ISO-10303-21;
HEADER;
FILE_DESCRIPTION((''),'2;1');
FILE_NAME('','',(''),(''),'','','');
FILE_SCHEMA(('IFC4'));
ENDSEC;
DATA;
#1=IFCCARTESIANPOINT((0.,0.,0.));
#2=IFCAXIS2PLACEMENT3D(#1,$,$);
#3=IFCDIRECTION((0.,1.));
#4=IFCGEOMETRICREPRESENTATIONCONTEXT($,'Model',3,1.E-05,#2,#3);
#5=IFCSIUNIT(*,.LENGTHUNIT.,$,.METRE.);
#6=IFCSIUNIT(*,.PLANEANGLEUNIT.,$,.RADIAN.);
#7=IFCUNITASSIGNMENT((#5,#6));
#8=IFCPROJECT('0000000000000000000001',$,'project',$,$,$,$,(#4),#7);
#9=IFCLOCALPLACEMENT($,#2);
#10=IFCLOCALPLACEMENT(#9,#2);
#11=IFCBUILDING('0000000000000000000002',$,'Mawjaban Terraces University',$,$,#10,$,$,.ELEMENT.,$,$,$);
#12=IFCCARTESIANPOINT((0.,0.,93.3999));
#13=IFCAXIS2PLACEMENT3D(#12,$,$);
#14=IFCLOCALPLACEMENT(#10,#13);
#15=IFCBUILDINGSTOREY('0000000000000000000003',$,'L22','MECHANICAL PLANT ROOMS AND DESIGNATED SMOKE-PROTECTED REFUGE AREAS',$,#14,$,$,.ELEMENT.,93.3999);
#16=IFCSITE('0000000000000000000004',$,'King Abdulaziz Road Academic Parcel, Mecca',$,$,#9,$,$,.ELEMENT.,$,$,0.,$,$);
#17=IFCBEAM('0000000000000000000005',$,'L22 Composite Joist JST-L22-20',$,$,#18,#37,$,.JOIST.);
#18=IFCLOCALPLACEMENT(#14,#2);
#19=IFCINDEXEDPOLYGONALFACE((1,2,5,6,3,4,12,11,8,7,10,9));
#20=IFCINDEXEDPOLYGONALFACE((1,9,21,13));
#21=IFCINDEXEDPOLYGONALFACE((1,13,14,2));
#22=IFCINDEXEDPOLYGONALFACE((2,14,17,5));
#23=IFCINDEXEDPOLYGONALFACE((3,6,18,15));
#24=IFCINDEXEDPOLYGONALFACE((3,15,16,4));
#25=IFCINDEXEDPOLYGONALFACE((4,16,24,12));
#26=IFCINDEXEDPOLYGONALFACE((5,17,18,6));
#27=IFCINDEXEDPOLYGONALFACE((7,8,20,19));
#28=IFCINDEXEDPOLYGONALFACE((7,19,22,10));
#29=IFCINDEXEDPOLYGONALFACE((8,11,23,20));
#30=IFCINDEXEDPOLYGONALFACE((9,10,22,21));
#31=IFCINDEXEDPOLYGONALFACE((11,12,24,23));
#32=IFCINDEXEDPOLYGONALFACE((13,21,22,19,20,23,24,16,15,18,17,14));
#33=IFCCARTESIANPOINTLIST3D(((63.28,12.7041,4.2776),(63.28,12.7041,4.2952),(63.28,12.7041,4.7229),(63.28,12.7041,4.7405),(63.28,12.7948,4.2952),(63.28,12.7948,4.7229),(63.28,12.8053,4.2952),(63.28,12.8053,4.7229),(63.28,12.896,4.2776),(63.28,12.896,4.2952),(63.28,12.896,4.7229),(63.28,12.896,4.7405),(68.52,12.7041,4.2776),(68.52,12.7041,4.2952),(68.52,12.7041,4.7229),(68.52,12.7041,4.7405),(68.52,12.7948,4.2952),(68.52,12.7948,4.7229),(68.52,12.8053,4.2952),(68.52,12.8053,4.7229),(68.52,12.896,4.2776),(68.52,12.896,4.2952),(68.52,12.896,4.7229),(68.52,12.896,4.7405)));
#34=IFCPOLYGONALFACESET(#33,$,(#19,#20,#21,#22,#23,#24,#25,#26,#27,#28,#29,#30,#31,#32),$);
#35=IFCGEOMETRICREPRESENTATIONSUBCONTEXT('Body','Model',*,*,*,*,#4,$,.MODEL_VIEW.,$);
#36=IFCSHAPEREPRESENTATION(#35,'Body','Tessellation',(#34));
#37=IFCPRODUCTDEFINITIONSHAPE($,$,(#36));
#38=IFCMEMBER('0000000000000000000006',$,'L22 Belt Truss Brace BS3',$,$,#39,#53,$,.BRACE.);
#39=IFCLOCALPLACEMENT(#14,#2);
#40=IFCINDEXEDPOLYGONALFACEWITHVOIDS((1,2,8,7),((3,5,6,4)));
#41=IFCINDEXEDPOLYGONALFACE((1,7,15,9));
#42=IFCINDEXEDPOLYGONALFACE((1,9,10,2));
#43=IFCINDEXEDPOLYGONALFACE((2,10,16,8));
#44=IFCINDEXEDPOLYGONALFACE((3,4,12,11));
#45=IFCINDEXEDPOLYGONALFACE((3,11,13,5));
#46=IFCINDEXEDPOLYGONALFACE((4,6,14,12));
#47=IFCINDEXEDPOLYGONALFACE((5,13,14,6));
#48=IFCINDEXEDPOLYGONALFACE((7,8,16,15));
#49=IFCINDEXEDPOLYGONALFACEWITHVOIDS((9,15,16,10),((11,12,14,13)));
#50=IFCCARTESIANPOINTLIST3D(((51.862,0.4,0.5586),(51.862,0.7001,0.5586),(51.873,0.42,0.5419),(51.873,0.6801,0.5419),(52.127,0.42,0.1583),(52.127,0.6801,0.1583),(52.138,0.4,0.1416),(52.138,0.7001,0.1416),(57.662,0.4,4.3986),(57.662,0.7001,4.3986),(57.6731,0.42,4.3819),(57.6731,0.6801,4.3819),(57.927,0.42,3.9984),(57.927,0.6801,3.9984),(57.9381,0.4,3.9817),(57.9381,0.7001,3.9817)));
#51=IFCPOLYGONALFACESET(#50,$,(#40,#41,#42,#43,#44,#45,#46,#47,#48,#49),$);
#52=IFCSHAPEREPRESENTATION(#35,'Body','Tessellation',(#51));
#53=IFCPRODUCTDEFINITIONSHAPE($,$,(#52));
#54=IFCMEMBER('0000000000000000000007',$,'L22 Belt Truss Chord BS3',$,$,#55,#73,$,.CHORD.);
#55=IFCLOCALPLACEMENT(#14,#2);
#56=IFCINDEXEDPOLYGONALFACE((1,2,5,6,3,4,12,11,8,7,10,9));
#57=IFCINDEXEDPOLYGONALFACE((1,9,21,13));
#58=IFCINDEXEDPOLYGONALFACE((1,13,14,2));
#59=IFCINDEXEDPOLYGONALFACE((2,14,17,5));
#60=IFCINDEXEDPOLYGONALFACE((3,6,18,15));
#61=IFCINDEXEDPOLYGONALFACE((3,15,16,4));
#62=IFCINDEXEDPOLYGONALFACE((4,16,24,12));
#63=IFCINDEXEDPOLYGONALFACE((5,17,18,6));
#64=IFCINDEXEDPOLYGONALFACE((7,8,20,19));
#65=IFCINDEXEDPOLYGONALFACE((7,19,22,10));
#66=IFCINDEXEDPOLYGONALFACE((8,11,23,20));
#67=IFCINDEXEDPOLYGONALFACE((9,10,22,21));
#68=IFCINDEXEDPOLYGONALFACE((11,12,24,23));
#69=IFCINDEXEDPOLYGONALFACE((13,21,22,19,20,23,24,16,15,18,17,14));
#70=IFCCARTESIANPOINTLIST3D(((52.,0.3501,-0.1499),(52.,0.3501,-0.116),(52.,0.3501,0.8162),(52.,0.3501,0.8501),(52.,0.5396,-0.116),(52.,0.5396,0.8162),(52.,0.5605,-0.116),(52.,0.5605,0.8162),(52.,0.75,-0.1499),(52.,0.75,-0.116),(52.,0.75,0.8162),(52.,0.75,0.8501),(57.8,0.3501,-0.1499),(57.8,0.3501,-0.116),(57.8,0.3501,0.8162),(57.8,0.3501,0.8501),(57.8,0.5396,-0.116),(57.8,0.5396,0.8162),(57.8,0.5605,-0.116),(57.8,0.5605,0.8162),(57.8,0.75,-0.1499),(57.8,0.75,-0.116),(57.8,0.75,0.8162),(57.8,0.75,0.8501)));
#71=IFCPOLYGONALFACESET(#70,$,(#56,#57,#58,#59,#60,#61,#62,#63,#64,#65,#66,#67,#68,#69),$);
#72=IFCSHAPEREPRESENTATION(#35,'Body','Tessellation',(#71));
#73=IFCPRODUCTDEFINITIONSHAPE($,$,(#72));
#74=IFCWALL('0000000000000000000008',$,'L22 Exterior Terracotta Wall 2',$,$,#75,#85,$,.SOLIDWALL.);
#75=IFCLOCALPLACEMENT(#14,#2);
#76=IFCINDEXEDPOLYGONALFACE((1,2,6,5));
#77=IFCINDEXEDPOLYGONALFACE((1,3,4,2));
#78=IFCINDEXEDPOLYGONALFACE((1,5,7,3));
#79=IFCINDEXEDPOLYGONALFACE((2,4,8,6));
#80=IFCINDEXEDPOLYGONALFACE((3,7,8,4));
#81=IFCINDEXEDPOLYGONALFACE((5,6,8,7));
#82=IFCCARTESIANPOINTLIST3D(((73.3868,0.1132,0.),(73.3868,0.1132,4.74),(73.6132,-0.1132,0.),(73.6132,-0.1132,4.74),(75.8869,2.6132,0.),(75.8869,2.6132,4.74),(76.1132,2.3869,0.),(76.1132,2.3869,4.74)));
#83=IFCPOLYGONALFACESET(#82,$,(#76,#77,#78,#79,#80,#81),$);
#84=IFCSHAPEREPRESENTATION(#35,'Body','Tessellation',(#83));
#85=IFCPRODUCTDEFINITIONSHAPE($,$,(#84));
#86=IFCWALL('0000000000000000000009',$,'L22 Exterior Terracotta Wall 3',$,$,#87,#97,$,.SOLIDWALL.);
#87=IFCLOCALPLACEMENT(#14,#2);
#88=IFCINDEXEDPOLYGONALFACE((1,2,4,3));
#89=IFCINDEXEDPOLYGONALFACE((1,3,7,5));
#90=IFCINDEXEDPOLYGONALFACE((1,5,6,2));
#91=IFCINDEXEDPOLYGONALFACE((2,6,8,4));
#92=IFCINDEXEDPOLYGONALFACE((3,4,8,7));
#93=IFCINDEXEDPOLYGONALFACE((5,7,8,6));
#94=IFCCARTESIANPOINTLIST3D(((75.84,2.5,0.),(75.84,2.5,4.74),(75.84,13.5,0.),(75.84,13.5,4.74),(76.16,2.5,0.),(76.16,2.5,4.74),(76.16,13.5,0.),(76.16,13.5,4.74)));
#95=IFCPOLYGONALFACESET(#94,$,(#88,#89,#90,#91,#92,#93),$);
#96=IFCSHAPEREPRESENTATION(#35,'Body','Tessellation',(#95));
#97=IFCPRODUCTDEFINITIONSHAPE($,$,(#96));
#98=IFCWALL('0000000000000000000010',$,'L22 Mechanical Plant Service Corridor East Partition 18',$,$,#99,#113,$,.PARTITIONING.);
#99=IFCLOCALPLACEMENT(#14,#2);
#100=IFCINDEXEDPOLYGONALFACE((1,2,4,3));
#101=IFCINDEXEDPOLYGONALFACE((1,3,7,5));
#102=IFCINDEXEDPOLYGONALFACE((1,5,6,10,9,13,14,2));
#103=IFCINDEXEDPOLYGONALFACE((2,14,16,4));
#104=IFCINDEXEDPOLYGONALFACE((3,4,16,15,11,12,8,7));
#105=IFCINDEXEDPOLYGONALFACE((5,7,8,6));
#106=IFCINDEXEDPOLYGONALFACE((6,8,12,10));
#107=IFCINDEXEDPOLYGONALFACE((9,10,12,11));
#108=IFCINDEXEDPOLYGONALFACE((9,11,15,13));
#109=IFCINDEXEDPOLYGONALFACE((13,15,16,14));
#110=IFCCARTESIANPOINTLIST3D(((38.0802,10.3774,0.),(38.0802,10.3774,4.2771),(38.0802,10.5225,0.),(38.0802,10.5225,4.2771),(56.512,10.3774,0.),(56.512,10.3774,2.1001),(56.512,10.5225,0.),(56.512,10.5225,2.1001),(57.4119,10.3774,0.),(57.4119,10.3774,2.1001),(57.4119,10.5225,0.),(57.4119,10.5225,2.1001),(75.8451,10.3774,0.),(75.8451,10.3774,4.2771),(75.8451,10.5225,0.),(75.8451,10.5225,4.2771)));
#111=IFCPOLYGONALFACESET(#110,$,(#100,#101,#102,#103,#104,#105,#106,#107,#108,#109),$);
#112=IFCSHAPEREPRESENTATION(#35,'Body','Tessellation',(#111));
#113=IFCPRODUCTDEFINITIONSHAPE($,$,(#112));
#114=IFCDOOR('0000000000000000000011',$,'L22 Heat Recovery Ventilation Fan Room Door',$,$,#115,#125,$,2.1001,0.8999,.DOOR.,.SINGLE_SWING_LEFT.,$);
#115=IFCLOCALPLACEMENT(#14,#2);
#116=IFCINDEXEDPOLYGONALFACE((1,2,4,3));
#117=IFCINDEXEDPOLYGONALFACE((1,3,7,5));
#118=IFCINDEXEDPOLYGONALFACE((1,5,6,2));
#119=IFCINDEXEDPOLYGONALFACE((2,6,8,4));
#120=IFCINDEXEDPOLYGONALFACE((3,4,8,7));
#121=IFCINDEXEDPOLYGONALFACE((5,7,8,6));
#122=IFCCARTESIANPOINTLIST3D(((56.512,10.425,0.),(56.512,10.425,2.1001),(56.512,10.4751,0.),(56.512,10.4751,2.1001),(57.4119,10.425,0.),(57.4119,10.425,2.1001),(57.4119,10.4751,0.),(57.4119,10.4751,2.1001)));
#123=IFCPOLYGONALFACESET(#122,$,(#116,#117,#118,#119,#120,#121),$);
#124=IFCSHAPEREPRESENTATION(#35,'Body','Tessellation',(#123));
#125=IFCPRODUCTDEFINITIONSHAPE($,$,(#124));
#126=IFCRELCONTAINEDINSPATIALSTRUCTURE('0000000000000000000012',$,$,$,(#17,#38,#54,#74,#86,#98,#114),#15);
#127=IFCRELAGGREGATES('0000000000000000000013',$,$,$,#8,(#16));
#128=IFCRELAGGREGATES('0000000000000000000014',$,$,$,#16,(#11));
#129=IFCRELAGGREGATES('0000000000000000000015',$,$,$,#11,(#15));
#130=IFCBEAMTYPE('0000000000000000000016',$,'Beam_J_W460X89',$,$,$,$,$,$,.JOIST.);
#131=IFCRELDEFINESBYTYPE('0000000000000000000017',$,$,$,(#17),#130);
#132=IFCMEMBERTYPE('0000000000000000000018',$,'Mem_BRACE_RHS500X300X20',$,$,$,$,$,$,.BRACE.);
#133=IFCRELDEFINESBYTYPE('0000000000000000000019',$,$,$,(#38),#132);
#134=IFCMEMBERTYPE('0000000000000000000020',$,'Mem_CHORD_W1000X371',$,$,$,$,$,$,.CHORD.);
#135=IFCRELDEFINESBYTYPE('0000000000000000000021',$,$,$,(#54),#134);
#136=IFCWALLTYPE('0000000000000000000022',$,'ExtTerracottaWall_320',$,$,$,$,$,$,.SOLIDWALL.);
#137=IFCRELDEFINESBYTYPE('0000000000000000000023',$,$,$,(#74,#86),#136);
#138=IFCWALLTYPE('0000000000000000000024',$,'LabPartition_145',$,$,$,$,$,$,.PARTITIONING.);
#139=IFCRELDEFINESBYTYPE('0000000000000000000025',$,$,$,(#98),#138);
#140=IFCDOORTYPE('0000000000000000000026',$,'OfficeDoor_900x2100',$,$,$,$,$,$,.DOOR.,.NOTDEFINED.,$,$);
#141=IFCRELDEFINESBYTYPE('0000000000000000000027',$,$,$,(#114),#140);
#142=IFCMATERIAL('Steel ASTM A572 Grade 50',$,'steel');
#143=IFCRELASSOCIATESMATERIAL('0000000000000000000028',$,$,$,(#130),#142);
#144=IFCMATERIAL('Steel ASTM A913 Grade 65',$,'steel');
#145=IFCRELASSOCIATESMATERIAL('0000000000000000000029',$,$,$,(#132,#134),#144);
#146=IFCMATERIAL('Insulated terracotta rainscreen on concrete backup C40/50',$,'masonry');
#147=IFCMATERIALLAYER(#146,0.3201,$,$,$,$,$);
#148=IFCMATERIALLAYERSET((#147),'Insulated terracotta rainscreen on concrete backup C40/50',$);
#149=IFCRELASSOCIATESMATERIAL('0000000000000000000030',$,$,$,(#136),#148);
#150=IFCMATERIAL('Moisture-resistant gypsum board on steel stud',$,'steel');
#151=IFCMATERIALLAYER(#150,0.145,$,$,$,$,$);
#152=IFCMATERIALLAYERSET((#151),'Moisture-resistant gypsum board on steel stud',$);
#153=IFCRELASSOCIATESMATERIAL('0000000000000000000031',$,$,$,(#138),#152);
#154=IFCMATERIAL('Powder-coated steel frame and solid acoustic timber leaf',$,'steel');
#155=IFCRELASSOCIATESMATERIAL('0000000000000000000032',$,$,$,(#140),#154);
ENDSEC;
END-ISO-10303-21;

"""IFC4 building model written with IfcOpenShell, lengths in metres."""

from ifc_helpers import new_model, si_unit, direction, frame, frame_2d, origin, origin_2d, place, context, subcontext, project, spatial, rectangle, hollow_rectangle, i_section, extrude, material, layer, layer_set, material_profile, profile_set, type_object, element, fill, save


model = new_model("IFC4")

# Units and contexts
model_context = context("Model", 3, precision=1e-05, world=origin(), true_north=direction((0.0, 1.0)))
body_context = subcontext(model_context, "Body", "Model", "MODEL_VIEW")
ifc_project = project(units=[si_unit("LENGTHUNIT", "METRE"), si_unit("PLANEANGLEUNIT", "RADIAN")], contexts=[model_context])

# Site, building, storey
site_placement = place(None, origin())
site = spatial("IfcSite", under=ifc_project, at=site_placement, Name="King Abdulaziz Road Academic Parcel, Mecca", CompositionType="ELEMENT", RefElevation=0.0)
building_placement = place(site_placement, origin())
building = spatial("IfcBuilding", under=site, at=building_placement, Name="Mawjaban Terraces University", CompositionType="ELEMENT")
storey_placement = place(building_placement, frame((0.0, 0.0, 93.3999)))
storey = spatial("IfcBuildingStorey", under=building, at=storey_placement, Name="L22", Description="MECHANICAL PLANT ROOMS AND DESIGNATED SMOKE-PROTECTED REFUGE AREAS", CompositionType="ELEMENT", Elevation=93.3999)

# Beam
ifc_material_1 = material(Name="Steel ASTM A572 Grade 50", Category="steel")
ifc_material_profile_1 = material_profile(ifc_material_1, i_section(OverallWidth=0.1919, OverallDepth=0.4629, WebThickness=0.0105, FlangeThickness=0.0176, at=origin_2d()), Name="W460X89")
ifc_profile_set_1 = profile_set([ifc_material_profile_1], Name="Steel ASTM A572 Grade 50")
beam_type_1 = type_object("IfcBeamType", Name="Beam_J_W460X89", PredefinedType="JOIST", material=ifc_profile_set_1)
beam_1_placement = place(storey_placement, frame((63.28, 12.8, 4.509), z_axis=(1.0, 0.0, 0.0), x_axis=(0.0, 1.0, 0.0)))
element("IfcBeam", 1, at=beam_1_placement, inside=storey, type_object=beam_type_1, Name="L22 Composite Joist JST-L22-20", PredefinedType="JOIST", context=body_context, shape_type="SweptSolid", body=[
    extrude(i_section(OverallWidth=0.1919, OverallDepth=0.4629, WebThickness=0.0105, FlangeThickness=0.0176, at=origin_2d()), origin(), (0.0, 0.0, 1.0), 5.24),
])

# Members
ifc_material_2 = material(Name="Steel ASTM A913 Grade 65", Category="steel")
ifc_material_profile_2 = material_profile(ifc_material_2, hollow_rectangle(XDim=0.3, YDim=0.5, WallThickness=0.02, at=origin_2d()), Name="RHS500X300X20")
ifc_profile_set_2 = profile_set([ifc_material_profile_2], Name="Steel ASTM A913 Grade 65")
member_type_1 = type_object("IfcMemberType", Name="Mem_BRACE_RHS500X300X20", PredefinedType="BRACE", material=ifc_profile_set_2)
member_1_placement = place(storey_placement, frame((52.0, 0.55, 0.3501), z_axis=(0.833812, 0.0, 0.552049), x_axis=(0.0, 1.0, 0.0)))
element("IfcMember", 2, at=member_1_placement, inside=storey, type_object=member_type_1, Name="L22 Belt Truss Brace BS3", PredefinedType="BRACE", context=body_context, shape_type="SweptSolid", body=[
    extrude(hollow_rectangle(XDim=0.3, YDim=0.5, WallThickness=0.02, at=origin_2d()), origin(), (0.0, 0.0, 1.0), 6.9561),
])
ifc_material_profile_3 = material_profile(ifc_material_2, i_section(OverallWidth=0.3999, OverallDepth=1.0, WebThickness=0.021, FlangeThickness=0.0339, at=origin_2d()), Name="W1000X371")
ifc_profile_set_3 = profile_set([ifc_material_profile_3], Name="Steel ASTM A913 Grade 65")
member_type_2 = type_object("IfcMemberType", Name="Mem_CHORD_W1000X371", PredefinedType="CHORD", material=ifc_profile_set_3)
member_2_placement = place(storey_placement, frame((52.0, 0.55, 0.3501), z_axis=(1.0, 0.0, 0.0), x_axis=(0.0, 1.0, 0.0)))
element("IfcMember", 3, at=member_2_placement, inside=storey, type_object=member_type_2, Name="L22 Belt Truss Chord BS3", PredefinedType="CHORD", context=body_context, shape_type="SweptSolid", body=[
    extrude(i_section(OverallWidth=0.3999, OverallDepth=1.0, WebThickness=0.021, FlangeThickness=0.0339, at=origin_2d()), origin(), (0.0, 0.0, 1.0), 5.8),
])

# Walls
ifc_material_3 = material(Name="Insulated terracotta rainscreen on concrete backup C40/50", Category="masonry")
ifc_layer_1 = layer(ifc_material_3, 0.3201)
ifc_layer_set_1 = layer_set([ifc_layer_1], Name="Insulated terracotta rainscreen on concrete backup C40/50")
wall_type_1 = type_object("IfcWallType", Name="ExtTerracottaWall_320", PredefinedType="SOLIDWALL", material=ifc_layer_set_1)
wall_1_placement = place(storey_placement, frame((73.5, 0.0, 0.0), z_axis=(0.0, 0.0, 1.0), x_axis=(0.707107, 0.707107, 0.0)))
element("IfcWall", 4, at=wall_1_placement, inside=storey, type_object=wall_type_1, Name="L22 Exterior Terracotta Wall 2", PredefinedType="SOLIDWALL", context=body_context, shape_type="SweptSolid", body=[
    extrude(rectangle(XDim=3.5356, YDim=0.3201, at=frame_2d((1.7678, 0.0))), origin(), (0.0, 0.0, 1.0), 4.74),
])
wall_2_placement = place(storey_placement, frame((76.0, 2.5, 0.0), z_axis=(0.0, 0.0, 1.0), x_axis=(0.0, 1.0, 0.0)))
element("IfcWall", 5, at=wall_2_placement, inside=storey, type_object=wall_type_1, Name="L22 Exterior Terracotta Wall 3", PredefinedType="SOLIDWALL", context=body_context, shape_type="SweptSolid", body=[
    extrude(rectangle(XDim=11.0, YDim=0.3201, at=frame_2d((5.5, 0.0))), origin(), (0.0, 0.0, 1.0), 4.74),
])

# Wall, opening, door
ifc_material_4 = material(Name="Moisture-resistant gypsum board on steel stud", Category="steel")
ifc_layer_2 = layer(ifc_material_4, 0.145)
ifc_layer_set_2 = layer_set([ifc_layer_2], Name="Moisture-resistant gypsum board on steel stud")
wall_type_2 = type_object("IfcWallType", Name="LabPartition_145", PredefinedType="PARTITIONING", material=ifc_layer_set_2)
wall_3_placement = place(storey_placement, frame((75.845, 10.45, 0.0), z_axis=(0.0, 0.0, 1.0), x_axis=(-1.0, 0.0, 0.0)))
wall_3 = element("IfcWall", 6, at=wall_3_placement, inside=storey, type_object=wall_type_2, Name="L22 Mechanical Plant Service Corridor East Partition 18", PredefinedType="PARTITIONING", context=body_context, shape_type="SweptSolid", body=[
    extrude(rectangle(XDim=37.7649, YDim=0.145, at=frame_2d((18.8823, 0.0))), origin(), (0.0, 0.0, 1.0), 4.2771),
])
opening_placement = place(wall_3_placement, frame((18.4331, 0.0, 0.0)))
opening = element("IfcOpeningElement", 7, at=opening_placement, cuts=wall_3, PredefinedType="OPENING", context=body_context, shape_type="SweptSolid", body=[
    extrude(rectangle(XDim=0.8999, YDim=2.1001, at=frame_2d((0.45, 1.05))), frame((0.0, 0.0825, 0.0), z_axis=(0.0, -1.0, 0.0), x_axis=(1.0, 0.0, 0.0)), (0.0, 0.0, 1.0), 0.165),
])
ifc_material_5 = material(Name="Powder-coated steel frame and solid acoustic timber leaf", Category="steel")
door_type = type_object("IfcDoorType", Name="OfficeDoor_900x2100", OperationType="NOTDEFINED", PredefinedType="DOOR", material=ifc_material_5)
door_placement = place(opening_placement, origin())
door = element("IfcDoor", 8, at=door_placement, inside=storey, type_object=door_type, Name="L22 Heat Recovery Ventilation Fan Room Door", OperationType="SINGLE_SWING_LEFT", OverallHeight=2.1001, OverallWidth=0.8999, PredefinedType="DOOR", context=body_context, shape_type="SweptSolid", body=[
    extrude(rectangle(XDim=0.8999, YDim=2.1001, at=frame_2d((0.45, 1.05))), frame((0.0, 0.0249, 0.0), z_axis=(0.0, -1.0, 0.0), x_axis=(1.0, 0.0, 0.0)), (0.0, 0.0, 1.0), 0.05),
])
fill(opening, door)

save(model, "model.ifc")
